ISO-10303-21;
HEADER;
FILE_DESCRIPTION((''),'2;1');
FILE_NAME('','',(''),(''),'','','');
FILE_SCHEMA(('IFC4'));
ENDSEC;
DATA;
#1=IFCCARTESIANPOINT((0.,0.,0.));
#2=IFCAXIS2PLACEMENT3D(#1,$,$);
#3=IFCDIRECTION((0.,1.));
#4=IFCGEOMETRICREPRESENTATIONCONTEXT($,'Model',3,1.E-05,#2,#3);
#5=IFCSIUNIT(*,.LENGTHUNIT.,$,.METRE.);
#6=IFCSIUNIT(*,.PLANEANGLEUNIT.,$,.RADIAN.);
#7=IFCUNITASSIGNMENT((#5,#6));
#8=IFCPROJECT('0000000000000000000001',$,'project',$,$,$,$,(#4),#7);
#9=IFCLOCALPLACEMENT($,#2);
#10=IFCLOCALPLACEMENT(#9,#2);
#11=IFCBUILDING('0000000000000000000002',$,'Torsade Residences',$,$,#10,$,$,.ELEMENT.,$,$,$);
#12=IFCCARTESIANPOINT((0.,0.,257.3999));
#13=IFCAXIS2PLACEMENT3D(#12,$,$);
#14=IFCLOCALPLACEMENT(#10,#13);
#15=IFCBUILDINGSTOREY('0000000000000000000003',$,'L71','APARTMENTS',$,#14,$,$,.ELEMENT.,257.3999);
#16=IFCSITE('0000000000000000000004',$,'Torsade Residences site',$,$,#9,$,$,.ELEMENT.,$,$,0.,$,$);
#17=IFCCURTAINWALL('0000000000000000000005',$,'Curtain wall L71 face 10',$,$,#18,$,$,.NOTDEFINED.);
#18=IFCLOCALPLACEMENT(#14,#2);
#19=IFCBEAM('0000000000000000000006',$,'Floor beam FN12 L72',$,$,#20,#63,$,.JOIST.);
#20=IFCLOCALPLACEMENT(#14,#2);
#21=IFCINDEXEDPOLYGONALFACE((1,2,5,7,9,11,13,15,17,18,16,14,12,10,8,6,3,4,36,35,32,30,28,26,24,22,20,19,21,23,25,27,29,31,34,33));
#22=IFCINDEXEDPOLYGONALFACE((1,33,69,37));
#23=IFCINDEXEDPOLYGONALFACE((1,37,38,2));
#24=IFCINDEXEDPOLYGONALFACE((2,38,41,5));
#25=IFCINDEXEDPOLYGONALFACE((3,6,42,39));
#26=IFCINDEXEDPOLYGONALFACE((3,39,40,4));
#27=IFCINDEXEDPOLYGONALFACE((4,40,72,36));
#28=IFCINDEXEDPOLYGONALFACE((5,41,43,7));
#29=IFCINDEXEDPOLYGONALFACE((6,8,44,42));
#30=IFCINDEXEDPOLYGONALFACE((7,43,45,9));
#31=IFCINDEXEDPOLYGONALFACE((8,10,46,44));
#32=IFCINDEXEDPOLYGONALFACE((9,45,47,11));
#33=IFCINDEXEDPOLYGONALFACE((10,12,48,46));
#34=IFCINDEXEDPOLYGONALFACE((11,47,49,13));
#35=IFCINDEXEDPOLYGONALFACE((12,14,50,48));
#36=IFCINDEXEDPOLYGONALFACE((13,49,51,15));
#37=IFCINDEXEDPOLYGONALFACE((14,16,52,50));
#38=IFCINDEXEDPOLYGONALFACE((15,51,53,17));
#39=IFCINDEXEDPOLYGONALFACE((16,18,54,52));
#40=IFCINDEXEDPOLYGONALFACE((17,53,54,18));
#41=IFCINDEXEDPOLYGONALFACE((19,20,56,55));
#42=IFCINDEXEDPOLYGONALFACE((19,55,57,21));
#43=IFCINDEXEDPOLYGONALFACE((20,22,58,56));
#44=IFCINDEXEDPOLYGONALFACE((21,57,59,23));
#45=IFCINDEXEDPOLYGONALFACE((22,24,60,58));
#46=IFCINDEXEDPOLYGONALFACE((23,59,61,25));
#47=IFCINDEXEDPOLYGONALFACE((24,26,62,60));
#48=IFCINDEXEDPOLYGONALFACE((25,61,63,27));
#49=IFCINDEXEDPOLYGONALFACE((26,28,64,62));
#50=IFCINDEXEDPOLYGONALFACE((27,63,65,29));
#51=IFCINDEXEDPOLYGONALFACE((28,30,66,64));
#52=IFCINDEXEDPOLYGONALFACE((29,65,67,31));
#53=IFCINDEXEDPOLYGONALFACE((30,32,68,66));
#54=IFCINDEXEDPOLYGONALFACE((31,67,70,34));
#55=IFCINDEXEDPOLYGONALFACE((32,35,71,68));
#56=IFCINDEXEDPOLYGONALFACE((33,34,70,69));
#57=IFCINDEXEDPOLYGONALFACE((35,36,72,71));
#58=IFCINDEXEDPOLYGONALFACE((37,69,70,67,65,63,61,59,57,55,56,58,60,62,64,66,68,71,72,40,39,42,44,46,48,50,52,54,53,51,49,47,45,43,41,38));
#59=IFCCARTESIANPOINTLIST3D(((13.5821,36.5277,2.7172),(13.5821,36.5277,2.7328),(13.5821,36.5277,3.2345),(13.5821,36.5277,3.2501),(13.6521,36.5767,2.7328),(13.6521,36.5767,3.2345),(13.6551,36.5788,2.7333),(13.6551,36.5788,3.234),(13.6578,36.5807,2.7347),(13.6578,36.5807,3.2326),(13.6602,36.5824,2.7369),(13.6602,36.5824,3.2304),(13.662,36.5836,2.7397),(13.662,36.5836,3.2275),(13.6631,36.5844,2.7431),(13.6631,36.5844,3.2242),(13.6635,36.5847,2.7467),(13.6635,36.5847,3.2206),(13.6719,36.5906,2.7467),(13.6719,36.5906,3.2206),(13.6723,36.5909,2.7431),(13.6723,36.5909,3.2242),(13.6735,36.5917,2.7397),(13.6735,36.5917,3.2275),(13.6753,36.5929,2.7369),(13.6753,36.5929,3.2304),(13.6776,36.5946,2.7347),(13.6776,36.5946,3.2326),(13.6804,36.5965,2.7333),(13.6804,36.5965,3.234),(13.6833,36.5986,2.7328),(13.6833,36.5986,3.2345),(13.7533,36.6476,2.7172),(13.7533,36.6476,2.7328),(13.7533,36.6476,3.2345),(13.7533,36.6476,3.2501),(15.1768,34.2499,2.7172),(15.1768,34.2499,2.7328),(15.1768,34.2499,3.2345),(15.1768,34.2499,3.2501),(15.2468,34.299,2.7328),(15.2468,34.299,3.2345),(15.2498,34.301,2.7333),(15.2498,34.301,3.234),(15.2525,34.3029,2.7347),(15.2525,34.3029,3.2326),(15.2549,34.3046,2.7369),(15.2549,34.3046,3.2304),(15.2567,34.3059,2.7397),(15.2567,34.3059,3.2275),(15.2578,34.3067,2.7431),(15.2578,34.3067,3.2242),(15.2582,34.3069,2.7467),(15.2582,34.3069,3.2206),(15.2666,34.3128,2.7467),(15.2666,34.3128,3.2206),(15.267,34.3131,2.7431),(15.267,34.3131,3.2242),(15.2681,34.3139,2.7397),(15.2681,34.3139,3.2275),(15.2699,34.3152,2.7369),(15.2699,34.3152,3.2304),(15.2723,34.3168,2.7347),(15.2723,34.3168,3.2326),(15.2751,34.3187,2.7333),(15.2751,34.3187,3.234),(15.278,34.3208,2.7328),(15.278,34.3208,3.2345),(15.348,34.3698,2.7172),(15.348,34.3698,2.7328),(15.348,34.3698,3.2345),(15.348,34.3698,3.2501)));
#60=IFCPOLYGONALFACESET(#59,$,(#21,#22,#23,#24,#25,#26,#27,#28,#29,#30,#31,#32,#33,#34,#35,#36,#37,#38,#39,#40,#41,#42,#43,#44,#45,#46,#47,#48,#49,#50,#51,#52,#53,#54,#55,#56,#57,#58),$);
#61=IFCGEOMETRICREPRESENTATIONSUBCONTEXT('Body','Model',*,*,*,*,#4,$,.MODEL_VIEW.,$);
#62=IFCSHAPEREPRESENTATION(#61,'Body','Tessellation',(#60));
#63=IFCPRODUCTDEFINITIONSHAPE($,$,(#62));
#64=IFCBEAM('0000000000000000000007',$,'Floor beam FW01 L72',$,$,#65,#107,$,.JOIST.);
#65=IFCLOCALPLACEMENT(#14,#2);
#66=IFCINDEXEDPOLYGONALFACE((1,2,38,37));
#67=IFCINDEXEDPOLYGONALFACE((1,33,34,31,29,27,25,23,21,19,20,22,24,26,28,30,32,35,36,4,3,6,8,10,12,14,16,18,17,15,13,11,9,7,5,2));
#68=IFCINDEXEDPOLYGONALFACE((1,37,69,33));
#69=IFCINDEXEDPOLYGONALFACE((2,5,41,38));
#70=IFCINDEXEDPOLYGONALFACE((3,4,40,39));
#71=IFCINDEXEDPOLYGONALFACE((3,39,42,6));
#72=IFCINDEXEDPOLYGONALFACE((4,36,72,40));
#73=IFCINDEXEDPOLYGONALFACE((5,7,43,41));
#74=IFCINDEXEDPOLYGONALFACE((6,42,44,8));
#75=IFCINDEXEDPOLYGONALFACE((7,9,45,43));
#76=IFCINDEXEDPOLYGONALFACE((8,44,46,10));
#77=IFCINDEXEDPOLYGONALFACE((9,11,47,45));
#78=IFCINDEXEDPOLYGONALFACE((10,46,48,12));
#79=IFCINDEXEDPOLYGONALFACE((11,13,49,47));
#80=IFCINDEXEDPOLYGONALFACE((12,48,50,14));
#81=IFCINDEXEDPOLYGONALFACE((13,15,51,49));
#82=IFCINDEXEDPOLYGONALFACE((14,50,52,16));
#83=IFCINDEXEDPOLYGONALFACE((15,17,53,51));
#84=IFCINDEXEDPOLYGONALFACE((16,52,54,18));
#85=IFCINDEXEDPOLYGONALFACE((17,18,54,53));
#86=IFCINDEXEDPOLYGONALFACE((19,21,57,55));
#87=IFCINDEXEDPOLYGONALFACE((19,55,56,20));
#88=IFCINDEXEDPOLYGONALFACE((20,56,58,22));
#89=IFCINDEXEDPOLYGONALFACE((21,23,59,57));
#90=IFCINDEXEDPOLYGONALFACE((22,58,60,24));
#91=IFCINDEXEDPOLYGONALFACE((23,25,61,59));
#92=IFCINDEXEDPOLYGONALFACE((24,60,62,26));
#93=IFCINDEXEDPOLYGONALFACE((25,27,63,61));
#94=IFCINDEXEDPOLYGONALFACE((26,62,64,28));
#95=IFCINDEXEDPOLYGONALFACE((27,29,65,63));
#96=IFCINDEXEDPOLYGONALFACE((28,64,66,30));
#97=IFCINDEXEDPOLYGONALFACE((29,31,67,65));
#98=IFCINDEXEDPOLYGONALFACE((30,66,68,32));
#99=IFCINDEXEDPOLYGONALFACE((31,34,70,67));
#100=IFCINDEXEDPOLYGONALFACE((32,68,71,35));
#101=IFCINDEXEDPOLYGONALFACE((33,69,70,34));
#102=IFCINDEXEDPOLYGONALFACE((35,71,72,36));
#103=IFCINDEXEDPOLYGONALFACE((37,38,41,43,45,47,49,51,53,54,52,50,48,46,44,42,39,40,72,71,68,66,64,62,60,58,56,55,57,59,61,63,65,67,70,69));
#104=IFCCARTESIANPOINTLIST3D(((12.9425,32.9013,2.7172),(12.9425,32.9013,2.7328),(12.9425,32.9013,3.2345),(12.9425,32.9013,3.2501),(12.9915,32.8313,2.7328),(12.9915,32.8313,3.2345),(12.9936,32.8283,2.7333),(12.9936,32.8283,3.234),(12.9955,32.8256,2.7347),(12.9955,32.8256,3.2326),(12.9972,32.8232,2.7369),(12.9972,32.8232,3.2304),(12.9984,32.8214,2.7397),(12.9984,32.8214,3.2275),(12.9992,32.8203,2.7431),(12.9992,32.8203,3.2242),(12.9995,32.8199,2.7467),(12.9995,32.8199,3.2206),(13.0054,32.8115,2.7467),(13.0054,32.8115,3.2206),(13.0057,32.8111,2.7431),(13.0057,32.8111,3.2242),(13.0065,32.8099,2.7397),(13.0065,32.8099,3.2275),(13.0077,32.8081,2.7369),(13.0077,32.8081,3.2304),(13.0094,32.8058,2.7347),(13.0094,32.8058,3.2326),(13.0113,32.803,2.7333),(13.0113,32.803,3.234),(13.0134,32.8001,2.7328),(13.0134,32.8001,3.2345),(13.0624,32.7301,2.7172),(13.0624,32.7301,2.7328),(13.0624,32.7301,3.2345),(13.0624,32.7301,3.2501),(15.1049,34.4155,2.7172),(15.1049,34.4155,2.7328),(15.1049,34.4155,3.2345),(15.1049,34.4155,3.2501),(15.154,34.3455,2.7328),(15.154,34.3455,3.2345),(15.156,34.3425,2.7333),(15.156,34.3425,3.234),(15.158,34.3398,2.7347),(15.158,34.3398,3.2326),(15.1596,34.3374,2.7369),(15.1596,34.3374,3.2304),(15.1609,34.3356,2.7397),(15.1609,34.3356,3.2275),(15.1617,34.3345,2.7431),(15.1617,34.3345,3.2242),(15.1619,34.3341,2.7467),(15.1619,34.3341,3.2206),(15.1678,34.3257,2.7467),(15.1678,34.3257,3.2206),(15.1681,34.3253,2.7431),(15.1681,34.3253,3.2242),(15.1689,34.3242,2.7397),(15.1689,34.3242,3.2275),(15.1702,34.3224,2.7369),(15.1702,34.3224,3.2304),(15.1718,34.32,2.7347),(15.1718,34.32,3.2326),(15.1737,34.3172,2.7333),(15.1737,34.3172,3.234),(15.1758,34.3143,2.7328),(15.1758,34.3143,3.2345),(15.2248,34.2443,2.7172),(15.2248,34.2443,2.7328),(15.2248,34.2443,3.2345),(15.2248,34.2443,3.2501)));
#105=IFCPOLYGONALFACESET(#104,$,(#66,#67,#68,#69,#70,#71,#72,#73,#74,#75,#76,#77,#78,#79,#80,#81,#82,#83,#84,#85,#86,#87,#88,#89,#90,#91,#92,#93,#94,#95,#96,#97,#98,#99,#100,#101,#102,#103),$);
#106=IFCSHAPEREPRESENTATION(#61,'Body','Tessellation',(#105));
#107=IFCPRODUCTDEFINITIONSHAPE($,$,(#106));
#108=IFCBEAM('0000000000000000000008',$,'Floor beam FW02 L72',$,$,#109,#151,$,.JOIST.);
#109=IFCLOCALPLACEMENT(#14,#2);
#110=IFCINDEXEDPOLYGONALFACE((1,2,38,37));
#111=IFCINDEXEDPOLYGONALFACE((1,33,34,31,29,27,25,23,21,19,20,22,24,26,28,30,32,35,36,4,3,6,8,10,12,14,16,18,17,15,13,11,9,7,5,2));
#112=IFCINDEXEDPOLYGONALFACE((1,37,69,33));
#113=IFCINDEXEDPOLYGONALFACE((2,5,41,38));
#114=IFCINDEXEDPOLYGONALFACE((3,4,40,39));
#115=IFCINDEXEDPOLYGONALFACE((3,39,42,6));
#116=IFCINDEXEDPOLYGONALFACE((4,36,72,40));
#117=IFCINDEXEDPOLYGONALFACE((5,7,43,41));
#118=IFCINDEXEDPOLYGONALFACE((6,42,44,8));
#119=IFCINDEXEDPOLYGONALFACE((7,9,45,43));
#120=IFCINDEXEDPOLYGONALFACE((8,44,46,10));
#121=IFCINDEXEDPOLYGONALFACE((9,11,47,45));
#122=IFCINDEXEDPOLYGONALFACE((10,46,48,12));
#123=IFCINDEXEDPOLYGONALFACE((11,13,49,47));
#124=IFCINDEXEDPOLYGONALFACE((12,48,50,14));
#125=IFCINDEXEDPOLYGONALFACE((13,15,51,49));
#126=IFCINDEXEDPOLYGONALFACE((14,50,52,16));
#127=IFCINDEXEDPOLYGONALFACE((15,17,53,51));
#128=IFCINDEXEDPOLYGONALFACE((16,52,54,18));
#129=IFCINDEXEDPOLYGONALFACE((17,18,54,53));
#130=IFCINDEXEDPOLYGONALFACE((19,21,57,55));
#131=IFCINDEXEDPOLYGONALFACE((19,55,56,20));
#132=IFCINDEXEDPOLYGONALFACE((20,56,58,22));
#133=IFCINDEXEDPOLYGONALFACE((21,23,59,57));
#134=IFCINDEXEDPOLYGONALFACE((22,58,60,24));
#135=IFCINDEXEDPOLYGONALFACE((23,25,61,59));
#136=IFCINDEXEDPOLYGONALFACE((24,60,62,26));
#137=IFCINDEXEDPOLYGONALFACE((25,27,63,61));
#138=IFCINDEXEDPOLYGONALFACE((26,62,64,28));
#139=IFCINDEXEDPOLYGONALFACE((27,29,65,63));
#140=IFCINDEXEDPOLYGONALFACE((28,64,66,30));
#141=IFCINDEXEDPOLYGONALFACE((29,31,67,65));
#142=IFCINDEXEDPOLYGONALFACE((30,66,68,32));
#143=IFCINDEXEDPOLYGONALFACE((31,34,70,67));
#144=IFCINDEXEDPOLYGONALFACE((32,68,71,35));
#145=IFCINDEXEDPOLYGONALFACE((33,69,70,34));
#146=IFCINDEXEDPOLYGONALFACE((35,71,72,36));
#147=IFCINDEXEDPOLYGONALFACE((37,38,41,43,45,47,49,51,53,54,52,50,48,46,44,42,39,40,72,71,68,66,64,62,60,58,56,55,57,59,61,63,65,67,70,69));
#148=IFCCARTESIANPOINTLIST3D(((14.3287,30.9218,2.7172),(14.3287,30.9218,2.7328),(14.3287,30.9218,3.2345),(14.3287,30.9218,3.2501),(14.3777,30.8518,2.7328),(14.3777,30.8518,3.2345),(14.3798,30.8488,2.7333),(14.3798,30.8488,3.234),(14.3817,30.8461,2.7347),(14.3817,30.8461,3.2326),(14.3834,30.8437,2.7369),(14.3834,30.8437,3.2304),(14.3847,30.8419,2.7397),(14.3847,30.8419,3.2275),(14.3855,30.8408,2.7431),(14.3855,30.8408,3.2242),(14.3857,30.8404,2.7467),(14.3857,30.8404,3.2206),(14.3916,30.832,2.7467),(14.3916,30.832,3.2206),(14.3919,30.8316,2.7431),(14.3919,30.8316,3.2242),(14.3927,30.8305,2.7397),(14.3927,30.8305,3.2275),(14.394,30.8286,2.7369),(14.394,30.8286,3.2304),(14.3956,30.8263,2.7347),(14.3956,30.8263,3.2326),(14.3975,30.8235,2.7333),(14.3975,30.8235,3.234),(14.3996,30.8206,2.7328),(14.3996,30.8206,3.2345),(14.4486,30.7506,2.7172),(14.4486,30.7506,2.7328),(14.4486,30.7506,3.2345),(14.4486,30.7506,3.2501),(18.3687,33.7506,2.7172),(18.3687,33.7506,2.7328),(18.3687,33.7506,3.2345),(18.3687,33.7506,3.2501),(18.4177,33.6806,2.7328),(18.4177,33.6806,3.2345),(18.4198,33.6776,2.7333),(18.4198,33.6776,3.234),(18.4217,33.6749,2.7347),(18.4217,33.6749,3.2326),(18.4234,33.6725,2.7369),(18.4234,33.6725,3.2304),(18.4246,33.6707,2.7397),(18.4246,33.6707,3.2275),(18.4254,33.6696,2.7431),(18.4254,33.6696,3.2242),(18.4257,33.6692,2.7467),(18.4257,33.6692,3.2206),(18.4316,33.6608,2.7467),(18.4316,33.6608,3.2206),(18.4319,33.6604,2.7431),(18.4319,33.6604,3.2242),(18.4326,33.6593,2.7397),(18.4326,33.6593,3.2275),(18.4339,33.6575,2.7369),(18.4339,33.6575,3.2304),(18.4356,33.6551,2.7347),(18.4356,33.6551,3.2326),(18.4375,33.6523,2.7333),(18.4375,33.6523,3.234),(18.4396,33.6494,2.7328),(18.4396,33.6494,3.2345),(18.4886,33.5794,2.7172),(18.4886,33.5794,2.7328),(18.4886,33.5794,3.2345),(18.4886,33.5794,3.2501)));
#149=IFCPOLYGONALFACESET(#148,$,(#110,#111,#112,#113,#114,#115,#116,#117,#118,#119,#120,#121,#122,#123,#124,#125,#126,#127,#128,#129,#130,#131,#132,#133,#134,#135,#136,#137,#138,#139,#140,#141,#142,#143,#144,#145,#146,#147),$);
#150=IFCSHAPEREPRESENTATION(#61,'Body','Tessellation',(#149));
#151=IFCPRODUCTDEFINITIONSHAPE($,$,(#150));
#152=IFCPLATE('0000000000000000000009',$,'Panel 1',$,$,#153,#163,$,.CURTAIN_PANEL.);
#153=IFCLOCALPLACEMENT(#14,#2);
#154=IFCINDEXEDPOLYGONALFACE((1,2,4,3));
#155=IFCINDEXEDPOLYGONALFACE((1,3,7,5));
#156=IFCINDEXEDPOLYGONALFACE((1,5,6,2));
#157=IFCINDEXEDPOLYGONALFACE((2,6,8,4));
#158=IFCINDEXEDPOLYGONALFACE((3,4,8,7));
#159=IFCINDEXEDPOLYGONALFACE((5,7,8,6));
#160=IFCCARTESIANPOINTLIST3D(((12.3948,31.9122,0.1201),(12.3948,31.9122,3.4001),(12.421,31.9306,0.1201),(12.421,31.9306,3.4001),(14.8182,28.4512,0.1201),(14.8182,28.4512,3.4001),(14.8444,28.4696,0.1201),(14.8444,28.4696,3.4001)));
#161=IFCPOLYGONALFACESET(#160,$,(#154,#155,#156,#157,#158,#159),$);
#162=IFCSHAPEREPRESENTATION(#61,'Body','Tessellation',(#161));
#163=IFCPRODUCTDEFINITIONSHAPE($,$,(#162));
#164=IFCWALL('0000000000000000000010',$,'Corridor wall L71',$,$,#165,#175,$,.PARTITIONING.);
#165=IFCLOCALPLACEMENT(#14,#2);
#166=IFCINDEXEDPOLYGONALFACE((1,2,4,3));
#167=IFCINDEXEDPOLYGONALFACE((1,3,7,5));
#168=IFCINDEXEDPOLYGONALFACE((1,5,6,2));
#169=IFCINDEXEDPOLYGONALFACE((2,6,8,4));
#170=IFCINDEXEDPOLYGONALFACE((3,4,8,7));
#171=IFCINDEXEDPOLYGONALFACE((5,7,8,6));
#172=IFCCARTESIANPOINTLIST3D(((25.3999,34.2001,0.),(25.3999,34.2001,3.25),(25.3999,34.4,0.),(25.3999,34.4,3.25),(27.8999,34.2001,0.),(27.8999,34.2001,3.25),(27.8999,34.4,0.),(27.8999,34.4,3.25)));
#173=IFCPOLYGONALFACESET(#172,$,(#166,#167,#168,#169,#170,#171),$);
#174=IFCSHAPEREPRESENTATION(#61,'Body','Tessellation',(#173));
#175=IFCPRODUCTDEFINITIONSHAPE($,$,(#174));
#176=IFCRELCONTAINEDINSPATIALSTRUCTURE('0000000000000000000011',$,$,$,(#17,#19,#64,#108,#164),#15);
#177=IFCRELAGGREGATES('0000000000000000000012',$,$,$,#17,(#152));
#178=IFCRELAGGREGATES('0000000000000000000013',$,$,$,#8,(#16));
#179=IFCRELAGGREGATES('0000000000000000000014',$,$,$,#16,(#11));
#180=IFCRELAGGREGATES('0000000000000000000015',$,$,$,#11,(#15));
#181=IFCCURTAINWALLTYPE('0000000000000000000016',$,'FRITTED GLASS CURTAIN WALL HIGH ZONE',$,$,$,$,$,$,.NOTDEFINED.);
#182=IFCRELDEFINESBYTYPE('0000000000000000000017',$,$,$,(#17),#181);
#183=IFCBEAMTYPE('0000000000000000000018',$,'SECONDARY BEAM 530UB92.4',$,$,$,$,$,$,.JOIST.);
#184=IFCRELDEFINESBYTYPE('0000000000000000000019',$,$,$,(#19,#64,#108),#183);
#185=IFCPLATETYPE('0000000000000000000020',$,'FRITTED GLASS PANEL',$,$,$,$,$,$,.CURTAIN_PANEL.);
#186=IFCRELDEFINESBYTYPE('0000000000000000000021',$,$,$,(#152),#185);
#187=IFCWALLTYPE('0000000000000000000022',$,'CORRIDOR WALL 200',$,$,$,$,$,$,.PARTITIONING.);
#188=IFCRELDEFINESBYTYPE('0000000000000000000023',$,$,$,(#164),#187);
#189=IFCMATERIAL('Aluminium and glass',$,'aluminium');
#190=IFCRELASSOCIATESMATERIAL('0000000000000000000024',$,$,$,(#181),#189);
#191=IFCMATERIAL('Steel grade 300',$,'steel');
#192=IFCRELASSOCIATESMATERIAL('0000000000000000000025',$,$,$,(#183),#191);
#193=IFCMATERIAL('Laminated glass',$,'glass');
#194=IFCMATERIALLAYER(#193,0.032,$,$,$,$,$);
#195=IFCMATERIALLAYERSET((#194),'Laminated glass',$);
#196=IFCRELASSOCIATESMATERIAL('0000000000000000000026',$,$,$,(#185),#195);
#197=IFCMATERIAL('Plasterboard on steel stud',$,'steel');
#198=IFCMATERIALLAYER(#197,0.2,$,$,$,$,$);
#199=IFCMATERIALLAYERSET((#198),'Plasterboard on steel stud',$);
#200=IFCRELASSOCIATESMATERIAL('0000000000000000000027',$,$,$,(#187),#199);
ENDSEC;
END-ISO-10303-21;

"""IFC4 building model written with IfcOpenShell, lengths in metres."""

from ifc_helpers import new_model, si_unit, direction, frame, frame_2d, origin, origin_2d, place, context, subcontext, project, spatial, rectangle, i_section, extrude, material, layer, layer_set, material_profile, profile_set, type_object, element, aggregate, save


model = new_model("IFC4")

# Units and contexts
model_context = context("Model", 3, precision=1e-05, world=origin(), true_north=direction((0.0, 1.0)))
body_context = subcontext(model_context, "Body", "Model", "MODEL_VIEW")
ifc_project = project(units=[si_unit("LENGTHUNIT", "METRE"), si_unit("PLANEANGLEUNIT", "RADIAN")], contexts=[model_context])

# Site, building, storey
site_placement = place(None, origin())
site = spatial("IfcSite", under=ifc_project, at=site_placement, Name="Torsade Residences site", CompositionType="ELEMENT", RefElevation=0.0)
building_placement = place(site_placement, origin())
building = spatial("IfcBuilding", under=site, at=building_placement, Name="Torsade Residences", CompositionType="ELEMENT")
storey_placement = place(building_placement, frame((0.0, 0.0, 257.3999)))
storey = spatial("IfcBuildingStorey", under=building, at=storey_placement, Name="L71", Description="APARTMENTS", CompositionType="ELEMENT", Elevation=257.3999)

# Curtain wall
ifc_material_1 = material(Name="Aluminium and glass", Category="aluminium")
curtain_wall_type = type_object("IfcCurtainWallType", Name="FRITTED GLASS CURTAIN WALL HIGH ZONE", PredefinedType="NOTDEFINED", material=ifc_material_1)
curtain_wall_placement = place(storey_placement, origin())
curtain_wall = element("IfcCurtainWall", 1, at=curtain_wall_placement, inside=storey, type_object=curtain_wall_type, Name="Curtain wall L71 face 10", PredefinedType="NOTDEFINED")

# Beams
ifc_material_2 = material(Name="Steel grade 300", Category="steel")
ifc_material_profile_1 = material_profile(ifc_material_2, i_section(OverallWidth=0.209, OverallDepth=0.533, WebThickness=0.0103, FlangeThickness=0.0156, FilletRadius=0.0139, at=origin_2d()), Name="530UB92.4")
ifc_profile_set_1 = profile_set([ifc_material_profile_1], Name="Steel grade 300")
beam_type_1 = type_object("IfcBeamType", Name="SECONDARY BEAM 530UB92.4", PredefinedType="JOIST", material=ifc_profile_set_1)
beam_1_placement = place(storey_placement, frame((13.6677, 36.5876, 2.9836), z_axis=(0.573521, -0.819191, 0.0), x_axis=(0.819191, 0.573521, 0.0)))
element("IfcBeam", 2, at=beam_1_placement, inside=storey, type_object=beam_type_1, Name="Floor beam FN12 L72", PredefinedType="JOIST", context=body_context, shape_type="SweptSolid", body=[
    extrude(i_section(OverallWidth=0.209, OverallDepth=0.533, WebThickness=0.0103, FlangeThickness=0.0156, FilletRadius=0.0139, at=origin_2d()), origin(), (0.0, 0.0, 1.0), 2.7805),
])
beam_2_placement = place(storey_placement, frame((13.0024, 32.8157, 2.9836), z_axis=(0.819141, 0.573593, 0.0), x_axis=(-0.573593, 0.819141, 0.0)))
element("IfcBeam", 3, at=beam_2_placement, inside=storey, type_object=beam_type_1, Name="Floor beam FW01 L72", PredefinedType="JOIST", context=body_context, shape_type="SweptSolid", body=[
    extrude(i_section(OverallWidth=0.209, OverallDepth=0.533, WebThickness=0.0103, FlangeThickness=0.0156, FilletRadius=0.0139, at=origin_2d()), origin(), (0.0, 0.0, 1.0), 2.6399),
])
beam_3_placement = place(storey_placement, frame((14.3887, 30.8362, 2.9836), z_axis=(0.819153, 0.573575, 0.0), x_axis=(-0.573575, 0.819153, 0.0)))
element("IfcBeam", 4, at=beam_3_placement, inside=storey, type_object=beam_type_1, Name="Floor beam FW02 L72", PredefinedType="JOIST", context=body_context, shape_type="SweptSolid", body=[
    extrude(i_section(OverallWidth=0.209, OverallDepth=0.533, WebThickness=0.0103, FlangeThickness=0.0156, FilletRadius=0.0139, at=origin_2d()), origin(), (0.0, 0.0, 1.0), 4.9319),
])

# Plate
ifc_material_3 = material(Name="Laminated glass", Category="glass")
ifc_layer_1 = layer(ifc_material_3, 0.032)
ifc_layer_set_1 = layer_set([ifc_layer_1], Name="Laminated glass")
plate_type = type_object("IfcPlateType", Name="FRITTED GLASS PANEL", PredefinedType="CURTAIN_PANEL", material=ifc_layer_set_1)
plate_placement = place(storey_placement, frame((13.6196, 30.1909, 0.1201), z_axis=(0.0, 0.0, 1.0), x_axis=(0.573576, -0.819152, 0.0)))
plate = element("IfcPlate", 5, at=plate_placement, type_object=plate_type, Name="Panel 1", PredefinedType="CURTAIN_PANEL", context=body_context, shape_type="SweptSolid", body=[
    extrude(rectangle(XDim=4.2251, YDim=0.032, at=origin_2d()), origin(), (0.0, 0.0, 1.0), 3.28),
])
aggregate(curtain_wall, [plate])

# Wall
ifc_material_4 = material(Name="Plasterboard on steel stud", Category="steel")
ifc_layer_2 = layer(ifc_material_4, 0.2)
ifc_layer_set_2 = layer_set([ifc_layer_2], Name="Plasterboard on steel stud")
wall_type_1 = type_object("IfcWallType", Name="CORRIDOR WALL 200", PredefinedType="PARTITIONING", material=ifc_layer_set_2)
wall_1_placement = place(storey_placement, frame((27.8999, 34.3, 0.0), z_axis=(0.0, 0.0, 1.0), x_axis=(-1.0, 0.0, 0.0)))
element("IfcWall", 6, at=wall_1_placement, inside=storey, type_object=wall_type_1, Name="Corridor wall L71", PredefinedType="PARTITIONING", context=body_context, shape_type="SweptSolid", body=[
    extrude(rectangle(XDim=2.5, YDim=0.2, at=frame_2d((1.25, 0.0))), origin(), (0.0, 0.0, 1.0), 3.25),
])

save(model, "model.ifc")
